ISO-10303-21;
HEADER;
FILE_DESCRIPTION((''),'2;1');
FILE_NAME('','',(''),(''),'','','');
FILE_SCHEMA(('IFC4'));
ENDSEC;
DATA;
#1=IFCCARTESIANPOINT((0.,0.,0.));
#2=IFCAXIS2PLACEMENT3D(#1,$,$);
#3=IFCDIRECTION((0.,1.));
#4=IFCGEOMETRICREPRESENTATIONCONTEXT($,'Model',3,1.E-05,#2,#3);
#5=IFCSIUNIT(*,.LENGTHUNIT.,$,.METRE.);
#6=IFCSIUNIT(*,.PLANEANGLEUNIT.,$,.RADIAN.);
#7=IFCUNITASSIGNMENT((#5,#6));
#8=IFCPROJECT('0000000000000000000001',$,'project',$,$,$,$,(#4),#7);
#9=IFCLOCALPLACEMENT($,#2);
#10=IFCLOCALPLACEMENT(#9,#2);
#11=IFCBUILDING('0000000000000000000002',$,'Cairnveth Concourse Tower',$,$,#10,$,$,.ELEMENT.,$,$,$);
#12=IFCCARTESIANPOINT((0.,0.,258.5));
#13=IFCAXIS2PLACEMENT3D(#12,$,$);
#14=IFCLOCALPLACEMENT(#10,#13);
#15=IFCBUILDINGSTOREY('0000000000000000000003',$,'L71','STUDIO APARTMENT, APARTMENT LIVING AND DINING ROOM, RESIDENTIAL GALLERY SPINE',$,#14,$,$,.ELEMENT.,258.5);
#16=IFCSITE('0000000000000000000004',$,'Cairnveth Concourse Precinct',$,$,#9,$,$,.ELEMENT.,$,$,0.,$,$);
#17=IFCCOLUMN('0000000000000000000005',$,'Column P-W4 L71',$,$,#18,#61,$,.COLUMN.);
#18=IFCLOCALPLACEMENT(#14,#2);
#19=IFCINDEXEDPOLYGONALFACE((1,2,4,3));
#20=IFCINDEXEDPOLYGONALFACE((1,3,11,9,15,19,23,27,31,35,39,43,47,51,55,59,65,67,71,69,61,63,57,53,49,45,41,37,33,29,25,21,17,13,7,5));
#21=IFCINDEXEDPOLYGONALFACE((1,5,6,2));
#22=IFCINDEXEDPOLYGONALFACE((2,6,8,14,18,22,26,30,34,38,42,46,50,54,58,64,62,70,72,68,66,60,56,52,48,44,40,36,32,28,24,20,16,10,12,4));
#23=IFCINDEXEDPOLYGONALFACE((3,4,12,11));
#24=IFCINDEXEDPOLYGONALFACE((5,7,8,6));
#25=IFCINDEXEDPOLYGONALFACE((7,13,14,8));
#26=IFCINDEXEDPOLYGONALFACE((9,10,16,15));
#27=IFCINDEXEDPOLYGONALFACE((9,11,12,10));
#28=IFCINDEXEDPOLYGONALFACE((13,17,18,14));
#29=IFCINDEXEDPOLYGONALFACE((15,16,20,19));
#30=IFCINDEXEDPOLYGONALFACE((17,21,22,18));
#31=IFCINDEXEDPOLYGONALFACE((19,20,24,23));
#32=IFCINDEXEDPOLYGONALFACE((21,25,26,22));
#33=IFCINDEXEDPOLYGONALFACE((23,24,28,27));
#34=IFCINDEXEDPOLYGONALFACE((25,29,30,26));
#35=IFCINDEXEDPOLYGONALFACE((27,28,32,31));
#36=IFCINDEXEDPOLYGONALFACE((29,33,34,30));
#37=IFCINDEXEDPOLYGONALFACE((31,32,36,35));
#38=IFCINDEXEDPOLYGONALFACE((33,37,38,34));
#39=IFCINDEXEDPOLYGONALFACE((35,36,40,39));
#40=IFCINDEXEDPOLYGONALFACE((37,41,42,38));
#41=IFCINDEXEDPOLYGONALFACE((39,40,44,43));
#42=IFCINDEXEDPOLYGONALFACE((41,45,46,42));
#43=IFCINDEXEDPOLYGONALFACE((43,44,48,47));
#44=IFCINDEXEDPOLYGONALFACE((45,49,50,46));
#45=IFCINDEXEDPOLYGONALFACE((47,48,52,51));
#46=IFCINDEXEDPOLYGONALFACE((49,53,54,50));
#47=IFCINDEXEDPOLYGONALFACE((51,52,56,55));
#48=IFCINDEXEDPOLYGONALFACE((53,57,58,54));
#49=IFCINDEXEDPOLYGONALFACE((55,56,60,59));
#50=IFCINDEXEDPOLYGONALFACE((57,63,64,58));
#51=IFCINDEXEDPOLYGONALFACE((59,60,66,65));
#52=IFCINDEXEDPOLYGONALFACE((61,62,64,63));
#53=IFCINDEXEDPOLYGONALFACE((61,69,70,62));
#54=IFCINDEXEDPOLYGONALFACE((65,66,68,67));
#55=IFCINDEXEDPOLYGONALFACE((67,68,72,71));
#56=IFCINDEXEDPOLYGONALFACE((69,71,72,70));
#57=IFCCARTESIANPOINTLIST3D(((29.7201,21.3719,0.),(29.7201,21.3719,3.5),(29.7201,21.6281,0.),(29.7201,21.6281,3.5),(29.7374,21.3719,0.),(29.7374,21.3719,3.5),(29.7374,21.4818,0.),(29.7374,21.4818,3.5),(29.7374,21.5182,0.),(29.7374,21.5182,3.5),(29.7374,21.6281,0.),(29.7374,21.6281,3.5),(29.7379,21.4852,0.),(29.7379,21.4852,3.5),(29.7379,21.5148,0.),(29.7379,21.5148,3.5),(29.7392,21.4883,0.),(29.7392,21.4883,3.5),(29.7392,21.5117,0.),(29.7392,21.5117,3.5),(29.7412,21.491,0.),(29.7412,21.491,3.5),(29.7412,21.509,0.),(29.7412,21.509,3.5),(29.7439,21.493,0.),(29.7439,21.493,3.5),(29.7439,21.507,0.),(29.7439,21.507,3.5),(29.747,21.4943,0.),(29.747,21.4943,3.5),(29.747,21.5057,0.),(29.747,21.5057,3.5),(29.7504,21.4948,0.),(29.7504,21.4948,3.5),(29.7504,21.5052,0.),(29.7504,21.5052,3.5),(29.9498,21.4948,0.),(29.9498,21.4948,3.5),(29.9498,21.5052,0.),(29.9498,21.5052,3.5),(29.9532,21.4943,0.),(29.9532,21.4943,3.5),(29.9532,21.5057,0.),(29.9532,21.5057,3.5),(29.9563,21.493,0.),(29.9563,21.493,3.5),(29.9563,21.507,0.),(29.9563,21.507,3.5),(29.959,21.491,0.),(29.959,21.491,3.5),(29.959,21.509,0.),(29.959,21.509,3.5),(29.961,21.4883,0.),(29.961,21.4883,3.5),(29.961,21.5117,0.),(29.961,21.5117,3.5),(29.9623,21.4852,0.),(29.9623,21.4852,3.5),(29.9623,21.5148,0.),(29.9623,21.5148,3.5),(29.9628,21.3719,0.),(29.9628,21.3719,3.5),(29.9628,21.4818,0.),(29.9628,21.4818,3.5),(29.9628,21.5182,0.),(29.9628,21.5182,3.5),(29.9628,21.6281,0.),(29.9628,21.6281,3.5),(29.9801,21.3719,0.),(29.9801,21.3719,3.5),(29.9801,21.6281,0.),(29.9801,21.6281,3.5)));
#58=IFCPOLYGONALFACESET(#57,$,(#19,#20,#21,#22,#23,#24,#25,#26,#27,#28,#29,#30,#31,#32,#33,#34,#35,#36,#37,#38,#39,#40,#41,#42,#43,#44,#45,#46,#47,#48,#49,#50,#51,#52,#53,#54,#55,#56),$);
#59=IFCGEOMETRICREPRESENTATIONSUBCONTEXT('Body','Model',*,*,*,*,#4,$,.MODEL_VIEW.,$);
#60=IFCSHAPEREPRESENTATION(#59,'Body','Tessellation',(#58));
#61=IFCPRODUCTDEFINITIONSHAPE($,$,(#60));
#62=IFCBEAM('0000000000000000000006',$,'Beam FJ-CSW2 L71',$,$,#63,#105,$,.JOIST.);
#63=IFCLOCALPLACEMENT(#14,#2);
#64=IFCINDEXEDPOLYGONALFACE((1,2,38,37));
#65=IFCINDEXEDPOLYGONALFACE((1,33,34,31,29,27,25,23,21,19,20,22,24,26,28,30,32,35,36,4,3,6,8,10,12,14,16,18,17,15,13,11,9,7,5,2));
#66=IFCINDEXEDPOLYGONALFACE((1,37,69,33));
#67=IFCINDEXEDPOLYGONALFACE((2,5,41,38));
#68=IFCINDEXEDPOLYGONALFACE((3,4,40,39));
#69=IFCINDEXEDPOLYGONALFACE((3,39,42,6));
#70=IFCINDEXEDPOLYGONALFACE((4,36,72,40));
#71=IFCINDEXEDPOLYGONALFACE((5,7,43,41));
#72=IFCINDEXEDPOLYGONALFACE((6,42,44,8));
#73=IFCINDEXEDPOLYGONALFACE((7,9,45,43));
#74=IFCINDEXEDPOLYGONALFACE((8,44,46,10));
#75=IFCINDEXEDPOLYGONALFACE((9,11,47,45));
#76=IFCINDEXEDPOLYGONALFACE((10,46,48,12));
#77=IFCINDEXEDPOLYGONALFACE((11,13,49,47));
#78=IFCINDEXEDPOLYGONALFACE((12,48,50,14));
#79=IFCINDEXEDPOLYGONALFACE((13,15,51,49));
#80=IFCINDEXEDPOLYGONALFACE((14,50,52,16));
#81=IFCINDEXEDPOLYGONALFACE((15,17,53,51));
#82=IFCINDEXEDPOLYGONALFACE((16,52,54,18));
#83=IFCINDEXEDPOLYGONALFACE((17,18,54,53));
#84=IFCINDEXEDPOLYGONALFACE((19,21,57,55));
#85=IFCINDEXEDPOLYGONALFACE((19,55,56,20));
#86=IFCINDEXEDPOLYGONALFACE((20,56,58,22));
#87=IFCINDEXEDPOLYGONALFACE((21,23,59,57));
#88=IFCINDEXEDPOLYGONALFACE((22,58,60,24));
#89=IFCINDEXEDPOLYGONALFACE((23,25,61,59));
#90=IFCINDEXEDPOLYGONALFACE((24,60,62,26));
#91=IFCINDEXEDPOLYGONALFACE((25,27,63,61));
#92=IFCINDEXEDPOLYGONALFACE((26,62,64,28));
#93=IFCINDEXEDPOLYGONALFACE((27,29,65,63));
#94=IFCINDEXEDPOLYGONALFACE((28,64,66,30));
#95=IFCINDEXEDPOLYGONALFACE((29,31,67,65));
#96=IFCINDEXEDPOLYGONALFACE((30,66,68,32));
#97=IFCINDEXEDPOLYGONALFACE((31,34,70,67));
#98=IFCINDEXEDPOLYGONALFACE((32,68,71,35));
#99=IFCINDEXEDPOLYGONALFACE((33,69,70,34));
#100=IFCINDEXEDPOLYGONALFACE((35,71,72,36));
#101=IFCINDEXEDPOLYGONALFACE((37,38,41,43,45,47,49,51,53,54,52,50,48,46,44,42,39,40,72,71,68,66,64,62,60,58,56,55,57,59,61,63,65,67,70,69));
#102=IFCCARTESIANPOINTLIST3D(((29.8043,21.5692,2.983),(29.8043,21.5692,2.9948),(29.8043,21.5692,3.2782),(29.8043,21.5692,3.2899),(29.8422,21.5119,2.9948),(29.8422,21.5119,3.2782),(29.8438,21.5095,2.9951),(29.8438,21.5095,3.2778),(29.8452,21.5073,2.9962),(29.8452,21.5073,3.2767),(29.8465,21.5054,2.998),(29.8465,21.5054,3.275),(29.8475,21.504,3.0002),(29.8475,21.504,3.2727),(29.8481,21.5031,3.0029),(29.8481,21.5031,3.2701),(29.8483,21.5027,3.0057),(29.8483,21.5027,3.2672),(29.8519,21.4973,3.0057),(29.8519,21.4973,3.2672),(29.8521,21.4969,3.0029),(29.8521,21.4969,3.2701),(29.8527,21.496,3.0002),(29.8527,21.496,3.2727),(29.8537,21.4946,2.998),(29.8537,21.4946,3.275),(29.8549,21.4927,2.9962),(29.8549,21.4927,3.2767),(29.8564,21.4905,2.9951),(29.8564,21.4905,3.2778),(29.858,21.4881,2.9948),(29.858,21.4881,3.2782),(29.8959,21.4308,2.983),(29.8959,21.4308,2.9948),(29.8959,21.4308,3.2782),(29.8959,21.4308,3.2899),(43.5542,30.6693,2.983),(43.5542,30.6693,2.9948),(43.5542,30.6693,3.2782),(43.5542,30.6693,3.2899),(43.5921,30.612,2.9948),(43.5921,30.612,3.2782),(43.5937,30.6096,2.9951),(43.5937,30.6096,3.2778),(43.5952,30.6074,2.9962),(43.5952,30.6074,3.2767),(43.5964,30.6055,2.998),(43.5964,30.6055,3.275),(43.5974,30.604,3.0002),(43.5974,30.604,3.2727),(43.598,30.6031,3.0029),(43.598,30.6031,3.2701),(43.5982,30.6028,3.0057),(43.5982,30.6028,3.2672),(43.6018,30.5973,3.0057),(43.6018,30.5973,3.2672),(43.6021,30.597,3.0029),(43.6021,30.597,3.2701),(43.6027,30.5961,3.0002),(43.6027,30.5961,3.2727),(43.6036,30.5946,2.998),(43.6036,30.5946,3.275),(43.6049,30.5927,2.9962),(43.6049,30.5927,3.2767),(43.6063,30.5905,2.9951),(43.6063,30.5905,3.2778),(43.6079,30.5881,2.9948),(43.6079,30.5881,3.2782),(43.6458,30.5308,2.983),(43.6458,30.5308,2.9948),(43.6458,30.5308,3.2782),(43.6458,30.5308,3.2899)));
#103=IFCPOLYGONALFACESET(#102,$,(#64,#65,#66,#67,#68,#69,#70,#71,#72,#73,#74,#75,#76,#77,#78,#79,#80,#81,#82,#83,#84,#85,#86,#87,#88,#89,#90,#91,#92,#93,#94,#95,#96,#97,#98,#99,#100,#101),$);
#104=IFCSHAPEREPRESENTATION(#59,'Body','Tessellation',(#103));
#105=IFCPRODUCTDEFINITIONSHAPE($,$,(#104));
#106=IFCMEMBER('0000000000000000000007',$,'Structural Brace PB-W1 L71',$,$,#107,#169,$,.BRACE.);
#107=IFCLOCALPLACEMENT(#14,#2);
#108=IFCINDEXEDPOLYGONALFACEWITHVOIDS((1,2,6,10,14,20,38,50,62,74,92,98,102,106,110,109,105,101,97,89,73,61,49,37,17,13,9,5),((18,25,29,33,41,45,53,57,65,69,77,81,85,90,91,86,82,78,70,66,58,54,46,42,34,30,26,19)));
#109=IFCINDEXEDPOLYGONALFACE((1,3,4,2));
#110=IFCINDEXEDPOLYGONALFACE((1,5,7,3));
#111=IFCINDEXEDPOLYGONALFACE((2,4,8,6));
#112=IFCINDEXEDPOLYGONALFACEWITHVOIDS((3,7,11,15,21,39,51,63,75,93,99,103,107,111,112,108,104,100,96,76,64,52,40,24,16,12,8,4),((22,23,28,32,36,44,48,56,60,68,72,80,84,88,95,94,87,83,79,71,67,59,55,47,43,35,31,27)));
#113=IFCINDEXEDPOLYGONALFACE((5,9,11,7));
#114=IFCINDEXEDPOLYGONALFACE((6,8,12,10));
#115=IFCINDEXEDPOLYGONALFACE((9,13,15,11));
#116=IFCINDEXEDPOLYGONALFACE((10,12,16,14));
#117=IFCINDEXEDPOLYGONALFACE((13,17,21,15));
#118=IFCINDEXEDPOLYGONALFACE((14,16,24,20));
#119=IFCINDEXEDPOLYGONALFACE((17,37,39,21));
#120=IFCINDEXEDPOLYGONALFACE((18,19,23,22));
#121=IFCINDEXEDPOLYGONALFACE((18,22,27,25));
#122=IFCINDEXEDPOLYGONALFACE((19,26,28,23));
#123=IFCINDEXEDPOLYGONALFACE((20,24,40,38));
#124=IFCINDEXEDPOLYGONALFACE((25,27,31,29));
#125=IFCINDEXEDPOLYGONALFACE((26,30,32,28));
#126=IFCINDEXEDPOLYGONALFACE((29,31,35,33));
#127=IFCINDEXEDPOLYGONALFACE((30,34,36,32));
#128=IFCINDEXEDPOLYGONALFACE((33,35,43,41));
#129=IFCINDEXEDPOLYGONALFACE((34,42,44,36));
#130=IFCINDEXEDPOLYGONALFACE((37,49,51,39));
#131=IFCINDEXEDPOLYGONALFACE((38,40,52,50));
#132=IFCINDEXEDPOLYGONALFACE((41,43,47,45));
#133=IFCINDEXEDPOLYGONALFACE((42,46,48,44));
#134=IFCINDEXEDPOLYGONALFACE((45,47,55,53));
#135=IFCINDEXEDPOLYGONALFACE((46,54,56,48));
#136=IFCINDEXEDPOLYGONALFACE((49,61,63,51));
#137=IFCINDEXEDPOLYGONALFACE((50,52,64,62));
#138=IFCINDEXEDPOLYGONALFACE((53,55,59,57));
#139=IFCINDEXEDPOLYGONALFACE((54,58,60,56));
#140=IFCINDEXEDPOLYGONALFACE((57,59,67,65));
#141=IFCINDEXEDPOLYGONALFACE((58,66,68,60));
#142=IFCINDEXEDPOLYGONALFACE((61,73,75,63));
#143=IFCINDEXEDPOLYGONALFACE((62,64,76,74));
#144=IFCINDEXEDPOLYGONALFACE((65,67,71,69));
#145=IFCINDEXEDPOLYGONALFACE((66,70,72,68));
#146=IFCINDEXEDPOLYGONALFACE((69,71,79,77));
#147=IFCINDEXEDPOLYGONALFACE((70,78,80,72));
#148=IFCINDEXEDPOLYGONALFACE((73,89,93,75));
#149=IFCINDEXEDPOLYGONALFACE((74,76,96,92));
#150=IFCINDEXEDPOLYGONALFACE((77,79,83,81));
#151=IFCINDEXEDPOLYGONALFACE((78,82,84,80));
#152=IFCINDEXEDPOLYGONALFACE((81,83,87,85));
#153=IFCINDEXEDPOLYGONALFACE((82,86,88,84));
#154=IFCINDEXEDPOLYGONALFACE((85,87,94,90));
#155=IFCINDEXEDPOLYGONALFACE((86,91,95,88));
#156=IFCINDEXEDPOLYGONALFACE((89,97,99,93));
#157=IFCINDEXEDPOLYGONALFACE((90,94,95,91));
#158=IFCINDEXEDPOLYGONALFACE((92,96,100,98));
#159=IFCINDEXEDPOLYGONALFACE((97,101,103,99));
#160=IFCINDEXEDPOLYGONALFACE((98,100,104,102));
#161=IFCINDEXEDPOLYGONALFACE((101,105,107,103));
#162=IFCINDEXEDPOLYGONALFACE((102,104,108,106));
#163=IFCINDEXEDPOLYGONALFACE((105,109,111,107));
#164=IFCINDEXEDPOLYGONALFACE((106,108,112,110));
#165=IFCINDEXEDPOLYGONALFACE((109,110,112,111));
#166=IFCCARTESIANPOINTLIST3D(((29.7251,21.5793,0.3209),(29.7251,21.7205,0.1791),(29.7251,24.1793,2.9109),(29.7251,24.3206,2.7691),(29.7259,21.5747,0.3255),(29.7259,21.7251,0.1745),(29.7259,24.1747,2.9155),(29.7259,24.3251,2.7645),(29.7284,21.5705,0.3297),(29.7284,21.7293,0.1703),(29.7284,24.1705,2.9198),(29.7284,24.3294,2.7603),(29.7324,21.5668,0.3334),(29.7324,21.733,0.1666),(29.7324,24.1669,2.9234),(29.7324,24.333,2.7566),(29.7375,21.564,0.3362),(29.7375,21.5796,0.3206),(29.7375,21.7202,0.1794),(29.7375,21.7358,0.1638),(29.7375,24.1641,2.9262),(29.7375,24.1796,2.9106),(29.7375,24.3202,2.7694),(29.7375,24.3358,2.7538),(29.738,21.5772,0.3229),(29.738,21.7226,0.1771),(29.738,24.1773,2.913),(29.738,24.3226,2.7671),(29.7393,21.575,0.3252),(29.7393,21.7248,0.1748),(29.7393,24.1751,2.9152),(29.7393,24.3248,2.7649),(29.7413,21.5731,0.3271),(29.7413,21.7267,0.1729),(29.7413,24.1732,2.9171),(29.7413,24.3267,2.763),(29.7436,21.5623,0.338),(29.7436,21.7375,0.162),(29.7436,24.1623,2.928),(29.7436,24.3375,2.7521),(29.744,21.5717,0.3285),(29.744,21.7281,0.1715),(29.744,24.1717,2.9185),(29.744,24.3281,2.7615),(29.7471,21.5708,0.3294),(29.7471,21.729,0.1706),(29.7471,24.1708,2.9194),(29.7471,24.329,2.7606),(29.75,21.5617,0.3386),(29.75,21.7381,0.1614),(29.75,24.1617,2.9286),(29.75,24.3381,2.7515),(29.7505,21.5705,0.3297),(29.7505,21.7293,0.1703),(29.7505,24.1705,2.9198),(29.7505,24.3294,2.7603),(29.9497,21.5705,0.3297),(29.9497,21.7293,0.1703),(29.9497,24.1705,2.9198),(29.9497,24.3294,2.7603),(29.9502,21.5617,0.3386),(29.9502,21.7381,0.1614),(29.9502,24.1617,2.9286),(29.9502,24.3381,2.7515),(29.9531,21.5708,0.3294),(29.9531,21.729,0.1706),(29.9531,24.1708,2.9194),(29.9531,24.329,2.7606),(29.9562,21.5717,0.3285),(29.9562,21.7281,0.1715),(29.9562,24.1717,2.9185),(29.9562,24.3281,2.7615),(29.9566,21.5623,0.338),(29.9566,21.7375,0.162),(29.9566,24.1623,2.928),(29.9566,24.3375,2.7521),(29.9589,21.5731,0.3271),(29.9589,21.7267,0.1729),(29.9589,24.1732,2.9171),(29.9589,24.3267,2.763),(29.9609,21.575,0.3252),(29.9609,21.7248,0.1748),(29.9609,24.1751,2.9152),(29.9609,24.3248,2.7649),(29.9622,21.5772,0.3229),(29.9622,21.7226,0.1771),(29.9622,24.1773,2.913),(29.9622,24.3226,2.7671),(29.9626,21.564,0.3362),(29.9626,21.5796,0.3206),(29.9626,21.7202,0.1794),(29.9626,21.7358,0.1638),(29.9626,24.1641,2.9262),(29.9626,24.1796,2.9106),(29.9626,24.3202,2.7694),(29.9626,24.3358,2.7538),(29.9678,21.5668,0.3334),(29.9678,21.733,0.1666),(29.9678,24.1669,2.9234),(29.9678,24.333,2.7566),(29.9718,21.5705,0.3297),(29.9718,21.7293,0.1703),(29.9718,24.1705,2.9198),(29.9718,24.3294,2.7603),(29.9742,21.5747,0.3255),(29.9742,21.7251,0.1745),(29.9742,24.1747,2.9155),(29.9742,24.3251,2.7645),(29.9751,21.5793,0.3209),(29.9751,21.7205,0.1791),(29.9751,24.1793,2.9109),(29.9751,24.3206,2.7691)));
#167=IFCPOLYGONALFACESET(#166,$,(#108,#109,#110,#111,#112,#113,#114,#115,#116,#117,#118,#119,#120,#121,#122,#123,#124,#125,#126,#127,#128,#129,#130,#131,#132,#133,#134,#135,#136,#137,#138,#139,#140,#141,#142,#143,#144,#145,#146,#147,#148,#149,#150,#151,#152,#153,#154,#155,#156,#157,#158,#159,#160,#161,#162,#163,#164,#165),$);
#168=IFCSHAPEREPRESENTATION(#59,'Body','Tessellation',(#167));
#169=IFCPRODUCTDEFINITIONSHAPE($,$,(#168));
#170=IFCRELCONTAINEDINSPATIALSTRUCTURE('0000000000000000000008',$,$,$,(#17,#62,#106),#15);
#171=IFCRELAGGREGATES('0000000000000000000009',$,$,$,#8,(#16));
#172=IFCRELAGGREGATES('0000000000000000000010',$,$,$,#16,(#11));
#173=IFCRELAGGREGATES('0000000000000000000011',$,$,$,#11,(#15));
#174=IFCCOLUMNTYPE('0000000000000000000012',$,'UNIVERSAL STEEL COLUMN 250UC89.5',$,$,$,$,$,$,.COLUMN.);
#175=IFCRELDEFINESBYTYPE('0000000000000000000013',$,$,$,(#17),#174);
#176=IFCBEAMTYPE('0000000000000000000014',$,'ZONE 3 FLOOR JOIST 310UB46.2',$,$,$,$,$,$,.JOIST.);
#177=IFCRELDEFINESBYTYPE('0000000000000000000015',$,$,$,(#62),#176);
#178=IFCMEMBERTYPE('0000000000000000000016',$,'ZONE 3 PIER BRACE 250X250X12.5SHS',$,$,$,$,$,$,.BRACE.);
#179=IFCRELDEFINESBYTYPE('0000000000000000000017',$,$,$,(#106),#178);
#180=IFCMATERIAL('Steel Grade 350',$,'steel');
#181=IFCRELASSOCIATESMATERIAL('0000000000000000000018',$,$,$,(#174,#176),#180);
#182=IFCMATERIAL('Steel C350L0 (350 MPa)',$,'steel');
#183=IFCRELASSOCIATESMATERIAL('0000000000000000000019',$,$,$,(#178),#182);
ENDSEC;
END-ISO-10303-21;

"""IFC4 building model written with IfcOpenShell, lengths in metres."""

from ifc_helpers import new_model, si_unit, direction, frame, origin, origin_2d, place, context, subcontext, project, spatial, hollow_rectangle, i_section, extrude, material, material_profile, profile_set, type_object, element, save


model = new_model("IFC4")

# Units and contexts
model_context = context("Model", 3, precision=1e-05, world=origin(), true_north=direction((0.0, 1.0)))
body_context = subcontext(model_context, "Body", "Model", "MODEL_VIEW")
ifc_project = project(units=[si_unit("LENGTHUNIT", "METRE"), si_unit("PLANEANGLEUNIT", "RADIAN")], contexts=[model_context])

# Site, building, storey
site_placement = place(None, origin())
site = spatial("IfcSite", under=ifc_project, at=site_placement, Name="Cairnveth Concourse Precinct", CompositionType="ELEMENT", RefElevation=0.0)
building_placement = place(site_placement, origin())
building = spatial("IfcBuilding", under=site, at=building_placement, Name="Cairnveth Concourse Tower", CompositionType="ELEMENT")
storey_placement = place(building_placement, frame((0.0, 0.0, 258.5)))
storey = spatial("IfcBuildingStorey", under=building, at=storey_placement, Name="L71", Description="STUDIO APARTMENT, APARTMENT LIVING AND DINING ROOM, RESIDENTIAL GALLERY SPINE", CompositionType="ELEMENT", Elevation=258.5)

# Column
ifc_material_1 = material(Name="Steel Grade 350", Category="steel")
ifc_material_profile_1 = material_profile(ifc_material_1, i_section(OverallWidth=0.2561, OverallDepth=0.26, WebThickness=0.0105, FlangeThickness=0.0173, FilletRadius=0.0129, at=origin_2d()), Name="250UC89.5")
ifc_profile_set_1 = profile_set([ifc_material_profile_1], Name="Steel Grade 350")
column_type = type_object("IfcColumnType", Name="UNIVERSAL STEEL COLUMN 250UC89.5", PredefinedType="COLUMN", material=ifc_profile_set_1)
column_placement = place(storey_placement, frame((29.8501, 21.5, 0.0), z_axis=(0.0, 0.0, 1.0), x_axis=(0.0, 1.0, 0.0)))
element("IfcColumn", 1, at=column_placement, inside=storey, type_object=column_type, Name="Column P-W4 L71", PredefinedType="COLUMN", context=body_context, shape_type="SweptSolid", body=[
    extrude(i_section(OverallWidth=0.2561, OverallDepth=0.26, WebThickness=0.0105, FlangeThickness=0.0173, FilletRadius=0.0129, at=origin_2d()), origin(), (0.0, 0.0, 1.0), 3.5),
])

# Beam
ifc_material_profile_2 = material_profile(ifc_material_1, i_section(OverallWidth=0.166, OverallDepth=0.3069, WebThickness=0.0066, FlangeThickness=0.0117, FilletRadius=0.011, at=origin_2d()), Name="310UB46.2")
ifc_profile_set_2 = profile_set([ifc_material_profile_2], Name="Steel Grade 350")
beam_type_1 = type_object("IfcBeamType", Name="ZONE 3 FLOOR JOIST 310UB46.2", PredefinedType="JOIST", material=ifc_profile_set_2)
beam_1_placement = place(storey_placement, frame((29.8501, 21.5, 3.1365), z_axis=(0.833909, 0.551902, 0.0), x_axis=(-0.551902, 0.833909, 0.0)))
element("IfcBeam", 2, at=beam_1_placement, inside=storey, type_object=beam_type_1, Name="Beam FJ-CSW2 L71", PredefinedType="JOIST", context=body_context, shape_type="SweptSolid", body=[
    extrude(i_section(OverallWidth=0.166, OverallDepth=0.3069, WebThickness=0.0066, FlangeThickness=0.0117, FilletRadius=0.011, at=origin_2d()), origin(), (0.0, 0.0, 1.0), 16.4885),
])

# Member
ifc_material_2 = material(Name="Steel C350L0 (350 MPa)", Category="steel")
ifc_material_profile_3 = material_profile(ifc_material_2, hollow_rectangle(XDim=0.25, YDim=0.25, WallThickness=0.0125, InnerFilletRadius=0.0129, OuterFilletRadius=0.0249, at=origin_2d()), Name="250x250x12.5SHS")
ifc_profile_set_3 = profile_set([ifc_material_profile_3], Name="Steel C350L0 (350 MPa)")
member_type = type_object("IfcMemberType", Name="ZONE 3 PIER BRACE 250X250X12.5SHS", PredefinedType="BRACE", material=ifc_profile_set_3)
member_placement = place(storey_placement, frame((29.8501, 21.6499, 0.25), z_axis=(0.0, 0.708469, 0.705742), x_axis=(-1.0, 0.0, 0.0)))
element("IfcMember", 3, at=member_placement, inside=storey, type_object=member_type, Name="Structural Brace PB-W1 L71", PredefinedType="BRACE", context=body_context, shape_type="SweptSolid", body=[
    extrude(hollow_rectangle(XDim=0.25, YDim=0.25, WallThickness=0.0125, InnerFilletRadius=0.0129, OuterFilletRadius=0.0249, at=origin_2d()), origin(), (0.0, 0.0, 1.0), 3.6699),
])

save(model, "model.ifc")
